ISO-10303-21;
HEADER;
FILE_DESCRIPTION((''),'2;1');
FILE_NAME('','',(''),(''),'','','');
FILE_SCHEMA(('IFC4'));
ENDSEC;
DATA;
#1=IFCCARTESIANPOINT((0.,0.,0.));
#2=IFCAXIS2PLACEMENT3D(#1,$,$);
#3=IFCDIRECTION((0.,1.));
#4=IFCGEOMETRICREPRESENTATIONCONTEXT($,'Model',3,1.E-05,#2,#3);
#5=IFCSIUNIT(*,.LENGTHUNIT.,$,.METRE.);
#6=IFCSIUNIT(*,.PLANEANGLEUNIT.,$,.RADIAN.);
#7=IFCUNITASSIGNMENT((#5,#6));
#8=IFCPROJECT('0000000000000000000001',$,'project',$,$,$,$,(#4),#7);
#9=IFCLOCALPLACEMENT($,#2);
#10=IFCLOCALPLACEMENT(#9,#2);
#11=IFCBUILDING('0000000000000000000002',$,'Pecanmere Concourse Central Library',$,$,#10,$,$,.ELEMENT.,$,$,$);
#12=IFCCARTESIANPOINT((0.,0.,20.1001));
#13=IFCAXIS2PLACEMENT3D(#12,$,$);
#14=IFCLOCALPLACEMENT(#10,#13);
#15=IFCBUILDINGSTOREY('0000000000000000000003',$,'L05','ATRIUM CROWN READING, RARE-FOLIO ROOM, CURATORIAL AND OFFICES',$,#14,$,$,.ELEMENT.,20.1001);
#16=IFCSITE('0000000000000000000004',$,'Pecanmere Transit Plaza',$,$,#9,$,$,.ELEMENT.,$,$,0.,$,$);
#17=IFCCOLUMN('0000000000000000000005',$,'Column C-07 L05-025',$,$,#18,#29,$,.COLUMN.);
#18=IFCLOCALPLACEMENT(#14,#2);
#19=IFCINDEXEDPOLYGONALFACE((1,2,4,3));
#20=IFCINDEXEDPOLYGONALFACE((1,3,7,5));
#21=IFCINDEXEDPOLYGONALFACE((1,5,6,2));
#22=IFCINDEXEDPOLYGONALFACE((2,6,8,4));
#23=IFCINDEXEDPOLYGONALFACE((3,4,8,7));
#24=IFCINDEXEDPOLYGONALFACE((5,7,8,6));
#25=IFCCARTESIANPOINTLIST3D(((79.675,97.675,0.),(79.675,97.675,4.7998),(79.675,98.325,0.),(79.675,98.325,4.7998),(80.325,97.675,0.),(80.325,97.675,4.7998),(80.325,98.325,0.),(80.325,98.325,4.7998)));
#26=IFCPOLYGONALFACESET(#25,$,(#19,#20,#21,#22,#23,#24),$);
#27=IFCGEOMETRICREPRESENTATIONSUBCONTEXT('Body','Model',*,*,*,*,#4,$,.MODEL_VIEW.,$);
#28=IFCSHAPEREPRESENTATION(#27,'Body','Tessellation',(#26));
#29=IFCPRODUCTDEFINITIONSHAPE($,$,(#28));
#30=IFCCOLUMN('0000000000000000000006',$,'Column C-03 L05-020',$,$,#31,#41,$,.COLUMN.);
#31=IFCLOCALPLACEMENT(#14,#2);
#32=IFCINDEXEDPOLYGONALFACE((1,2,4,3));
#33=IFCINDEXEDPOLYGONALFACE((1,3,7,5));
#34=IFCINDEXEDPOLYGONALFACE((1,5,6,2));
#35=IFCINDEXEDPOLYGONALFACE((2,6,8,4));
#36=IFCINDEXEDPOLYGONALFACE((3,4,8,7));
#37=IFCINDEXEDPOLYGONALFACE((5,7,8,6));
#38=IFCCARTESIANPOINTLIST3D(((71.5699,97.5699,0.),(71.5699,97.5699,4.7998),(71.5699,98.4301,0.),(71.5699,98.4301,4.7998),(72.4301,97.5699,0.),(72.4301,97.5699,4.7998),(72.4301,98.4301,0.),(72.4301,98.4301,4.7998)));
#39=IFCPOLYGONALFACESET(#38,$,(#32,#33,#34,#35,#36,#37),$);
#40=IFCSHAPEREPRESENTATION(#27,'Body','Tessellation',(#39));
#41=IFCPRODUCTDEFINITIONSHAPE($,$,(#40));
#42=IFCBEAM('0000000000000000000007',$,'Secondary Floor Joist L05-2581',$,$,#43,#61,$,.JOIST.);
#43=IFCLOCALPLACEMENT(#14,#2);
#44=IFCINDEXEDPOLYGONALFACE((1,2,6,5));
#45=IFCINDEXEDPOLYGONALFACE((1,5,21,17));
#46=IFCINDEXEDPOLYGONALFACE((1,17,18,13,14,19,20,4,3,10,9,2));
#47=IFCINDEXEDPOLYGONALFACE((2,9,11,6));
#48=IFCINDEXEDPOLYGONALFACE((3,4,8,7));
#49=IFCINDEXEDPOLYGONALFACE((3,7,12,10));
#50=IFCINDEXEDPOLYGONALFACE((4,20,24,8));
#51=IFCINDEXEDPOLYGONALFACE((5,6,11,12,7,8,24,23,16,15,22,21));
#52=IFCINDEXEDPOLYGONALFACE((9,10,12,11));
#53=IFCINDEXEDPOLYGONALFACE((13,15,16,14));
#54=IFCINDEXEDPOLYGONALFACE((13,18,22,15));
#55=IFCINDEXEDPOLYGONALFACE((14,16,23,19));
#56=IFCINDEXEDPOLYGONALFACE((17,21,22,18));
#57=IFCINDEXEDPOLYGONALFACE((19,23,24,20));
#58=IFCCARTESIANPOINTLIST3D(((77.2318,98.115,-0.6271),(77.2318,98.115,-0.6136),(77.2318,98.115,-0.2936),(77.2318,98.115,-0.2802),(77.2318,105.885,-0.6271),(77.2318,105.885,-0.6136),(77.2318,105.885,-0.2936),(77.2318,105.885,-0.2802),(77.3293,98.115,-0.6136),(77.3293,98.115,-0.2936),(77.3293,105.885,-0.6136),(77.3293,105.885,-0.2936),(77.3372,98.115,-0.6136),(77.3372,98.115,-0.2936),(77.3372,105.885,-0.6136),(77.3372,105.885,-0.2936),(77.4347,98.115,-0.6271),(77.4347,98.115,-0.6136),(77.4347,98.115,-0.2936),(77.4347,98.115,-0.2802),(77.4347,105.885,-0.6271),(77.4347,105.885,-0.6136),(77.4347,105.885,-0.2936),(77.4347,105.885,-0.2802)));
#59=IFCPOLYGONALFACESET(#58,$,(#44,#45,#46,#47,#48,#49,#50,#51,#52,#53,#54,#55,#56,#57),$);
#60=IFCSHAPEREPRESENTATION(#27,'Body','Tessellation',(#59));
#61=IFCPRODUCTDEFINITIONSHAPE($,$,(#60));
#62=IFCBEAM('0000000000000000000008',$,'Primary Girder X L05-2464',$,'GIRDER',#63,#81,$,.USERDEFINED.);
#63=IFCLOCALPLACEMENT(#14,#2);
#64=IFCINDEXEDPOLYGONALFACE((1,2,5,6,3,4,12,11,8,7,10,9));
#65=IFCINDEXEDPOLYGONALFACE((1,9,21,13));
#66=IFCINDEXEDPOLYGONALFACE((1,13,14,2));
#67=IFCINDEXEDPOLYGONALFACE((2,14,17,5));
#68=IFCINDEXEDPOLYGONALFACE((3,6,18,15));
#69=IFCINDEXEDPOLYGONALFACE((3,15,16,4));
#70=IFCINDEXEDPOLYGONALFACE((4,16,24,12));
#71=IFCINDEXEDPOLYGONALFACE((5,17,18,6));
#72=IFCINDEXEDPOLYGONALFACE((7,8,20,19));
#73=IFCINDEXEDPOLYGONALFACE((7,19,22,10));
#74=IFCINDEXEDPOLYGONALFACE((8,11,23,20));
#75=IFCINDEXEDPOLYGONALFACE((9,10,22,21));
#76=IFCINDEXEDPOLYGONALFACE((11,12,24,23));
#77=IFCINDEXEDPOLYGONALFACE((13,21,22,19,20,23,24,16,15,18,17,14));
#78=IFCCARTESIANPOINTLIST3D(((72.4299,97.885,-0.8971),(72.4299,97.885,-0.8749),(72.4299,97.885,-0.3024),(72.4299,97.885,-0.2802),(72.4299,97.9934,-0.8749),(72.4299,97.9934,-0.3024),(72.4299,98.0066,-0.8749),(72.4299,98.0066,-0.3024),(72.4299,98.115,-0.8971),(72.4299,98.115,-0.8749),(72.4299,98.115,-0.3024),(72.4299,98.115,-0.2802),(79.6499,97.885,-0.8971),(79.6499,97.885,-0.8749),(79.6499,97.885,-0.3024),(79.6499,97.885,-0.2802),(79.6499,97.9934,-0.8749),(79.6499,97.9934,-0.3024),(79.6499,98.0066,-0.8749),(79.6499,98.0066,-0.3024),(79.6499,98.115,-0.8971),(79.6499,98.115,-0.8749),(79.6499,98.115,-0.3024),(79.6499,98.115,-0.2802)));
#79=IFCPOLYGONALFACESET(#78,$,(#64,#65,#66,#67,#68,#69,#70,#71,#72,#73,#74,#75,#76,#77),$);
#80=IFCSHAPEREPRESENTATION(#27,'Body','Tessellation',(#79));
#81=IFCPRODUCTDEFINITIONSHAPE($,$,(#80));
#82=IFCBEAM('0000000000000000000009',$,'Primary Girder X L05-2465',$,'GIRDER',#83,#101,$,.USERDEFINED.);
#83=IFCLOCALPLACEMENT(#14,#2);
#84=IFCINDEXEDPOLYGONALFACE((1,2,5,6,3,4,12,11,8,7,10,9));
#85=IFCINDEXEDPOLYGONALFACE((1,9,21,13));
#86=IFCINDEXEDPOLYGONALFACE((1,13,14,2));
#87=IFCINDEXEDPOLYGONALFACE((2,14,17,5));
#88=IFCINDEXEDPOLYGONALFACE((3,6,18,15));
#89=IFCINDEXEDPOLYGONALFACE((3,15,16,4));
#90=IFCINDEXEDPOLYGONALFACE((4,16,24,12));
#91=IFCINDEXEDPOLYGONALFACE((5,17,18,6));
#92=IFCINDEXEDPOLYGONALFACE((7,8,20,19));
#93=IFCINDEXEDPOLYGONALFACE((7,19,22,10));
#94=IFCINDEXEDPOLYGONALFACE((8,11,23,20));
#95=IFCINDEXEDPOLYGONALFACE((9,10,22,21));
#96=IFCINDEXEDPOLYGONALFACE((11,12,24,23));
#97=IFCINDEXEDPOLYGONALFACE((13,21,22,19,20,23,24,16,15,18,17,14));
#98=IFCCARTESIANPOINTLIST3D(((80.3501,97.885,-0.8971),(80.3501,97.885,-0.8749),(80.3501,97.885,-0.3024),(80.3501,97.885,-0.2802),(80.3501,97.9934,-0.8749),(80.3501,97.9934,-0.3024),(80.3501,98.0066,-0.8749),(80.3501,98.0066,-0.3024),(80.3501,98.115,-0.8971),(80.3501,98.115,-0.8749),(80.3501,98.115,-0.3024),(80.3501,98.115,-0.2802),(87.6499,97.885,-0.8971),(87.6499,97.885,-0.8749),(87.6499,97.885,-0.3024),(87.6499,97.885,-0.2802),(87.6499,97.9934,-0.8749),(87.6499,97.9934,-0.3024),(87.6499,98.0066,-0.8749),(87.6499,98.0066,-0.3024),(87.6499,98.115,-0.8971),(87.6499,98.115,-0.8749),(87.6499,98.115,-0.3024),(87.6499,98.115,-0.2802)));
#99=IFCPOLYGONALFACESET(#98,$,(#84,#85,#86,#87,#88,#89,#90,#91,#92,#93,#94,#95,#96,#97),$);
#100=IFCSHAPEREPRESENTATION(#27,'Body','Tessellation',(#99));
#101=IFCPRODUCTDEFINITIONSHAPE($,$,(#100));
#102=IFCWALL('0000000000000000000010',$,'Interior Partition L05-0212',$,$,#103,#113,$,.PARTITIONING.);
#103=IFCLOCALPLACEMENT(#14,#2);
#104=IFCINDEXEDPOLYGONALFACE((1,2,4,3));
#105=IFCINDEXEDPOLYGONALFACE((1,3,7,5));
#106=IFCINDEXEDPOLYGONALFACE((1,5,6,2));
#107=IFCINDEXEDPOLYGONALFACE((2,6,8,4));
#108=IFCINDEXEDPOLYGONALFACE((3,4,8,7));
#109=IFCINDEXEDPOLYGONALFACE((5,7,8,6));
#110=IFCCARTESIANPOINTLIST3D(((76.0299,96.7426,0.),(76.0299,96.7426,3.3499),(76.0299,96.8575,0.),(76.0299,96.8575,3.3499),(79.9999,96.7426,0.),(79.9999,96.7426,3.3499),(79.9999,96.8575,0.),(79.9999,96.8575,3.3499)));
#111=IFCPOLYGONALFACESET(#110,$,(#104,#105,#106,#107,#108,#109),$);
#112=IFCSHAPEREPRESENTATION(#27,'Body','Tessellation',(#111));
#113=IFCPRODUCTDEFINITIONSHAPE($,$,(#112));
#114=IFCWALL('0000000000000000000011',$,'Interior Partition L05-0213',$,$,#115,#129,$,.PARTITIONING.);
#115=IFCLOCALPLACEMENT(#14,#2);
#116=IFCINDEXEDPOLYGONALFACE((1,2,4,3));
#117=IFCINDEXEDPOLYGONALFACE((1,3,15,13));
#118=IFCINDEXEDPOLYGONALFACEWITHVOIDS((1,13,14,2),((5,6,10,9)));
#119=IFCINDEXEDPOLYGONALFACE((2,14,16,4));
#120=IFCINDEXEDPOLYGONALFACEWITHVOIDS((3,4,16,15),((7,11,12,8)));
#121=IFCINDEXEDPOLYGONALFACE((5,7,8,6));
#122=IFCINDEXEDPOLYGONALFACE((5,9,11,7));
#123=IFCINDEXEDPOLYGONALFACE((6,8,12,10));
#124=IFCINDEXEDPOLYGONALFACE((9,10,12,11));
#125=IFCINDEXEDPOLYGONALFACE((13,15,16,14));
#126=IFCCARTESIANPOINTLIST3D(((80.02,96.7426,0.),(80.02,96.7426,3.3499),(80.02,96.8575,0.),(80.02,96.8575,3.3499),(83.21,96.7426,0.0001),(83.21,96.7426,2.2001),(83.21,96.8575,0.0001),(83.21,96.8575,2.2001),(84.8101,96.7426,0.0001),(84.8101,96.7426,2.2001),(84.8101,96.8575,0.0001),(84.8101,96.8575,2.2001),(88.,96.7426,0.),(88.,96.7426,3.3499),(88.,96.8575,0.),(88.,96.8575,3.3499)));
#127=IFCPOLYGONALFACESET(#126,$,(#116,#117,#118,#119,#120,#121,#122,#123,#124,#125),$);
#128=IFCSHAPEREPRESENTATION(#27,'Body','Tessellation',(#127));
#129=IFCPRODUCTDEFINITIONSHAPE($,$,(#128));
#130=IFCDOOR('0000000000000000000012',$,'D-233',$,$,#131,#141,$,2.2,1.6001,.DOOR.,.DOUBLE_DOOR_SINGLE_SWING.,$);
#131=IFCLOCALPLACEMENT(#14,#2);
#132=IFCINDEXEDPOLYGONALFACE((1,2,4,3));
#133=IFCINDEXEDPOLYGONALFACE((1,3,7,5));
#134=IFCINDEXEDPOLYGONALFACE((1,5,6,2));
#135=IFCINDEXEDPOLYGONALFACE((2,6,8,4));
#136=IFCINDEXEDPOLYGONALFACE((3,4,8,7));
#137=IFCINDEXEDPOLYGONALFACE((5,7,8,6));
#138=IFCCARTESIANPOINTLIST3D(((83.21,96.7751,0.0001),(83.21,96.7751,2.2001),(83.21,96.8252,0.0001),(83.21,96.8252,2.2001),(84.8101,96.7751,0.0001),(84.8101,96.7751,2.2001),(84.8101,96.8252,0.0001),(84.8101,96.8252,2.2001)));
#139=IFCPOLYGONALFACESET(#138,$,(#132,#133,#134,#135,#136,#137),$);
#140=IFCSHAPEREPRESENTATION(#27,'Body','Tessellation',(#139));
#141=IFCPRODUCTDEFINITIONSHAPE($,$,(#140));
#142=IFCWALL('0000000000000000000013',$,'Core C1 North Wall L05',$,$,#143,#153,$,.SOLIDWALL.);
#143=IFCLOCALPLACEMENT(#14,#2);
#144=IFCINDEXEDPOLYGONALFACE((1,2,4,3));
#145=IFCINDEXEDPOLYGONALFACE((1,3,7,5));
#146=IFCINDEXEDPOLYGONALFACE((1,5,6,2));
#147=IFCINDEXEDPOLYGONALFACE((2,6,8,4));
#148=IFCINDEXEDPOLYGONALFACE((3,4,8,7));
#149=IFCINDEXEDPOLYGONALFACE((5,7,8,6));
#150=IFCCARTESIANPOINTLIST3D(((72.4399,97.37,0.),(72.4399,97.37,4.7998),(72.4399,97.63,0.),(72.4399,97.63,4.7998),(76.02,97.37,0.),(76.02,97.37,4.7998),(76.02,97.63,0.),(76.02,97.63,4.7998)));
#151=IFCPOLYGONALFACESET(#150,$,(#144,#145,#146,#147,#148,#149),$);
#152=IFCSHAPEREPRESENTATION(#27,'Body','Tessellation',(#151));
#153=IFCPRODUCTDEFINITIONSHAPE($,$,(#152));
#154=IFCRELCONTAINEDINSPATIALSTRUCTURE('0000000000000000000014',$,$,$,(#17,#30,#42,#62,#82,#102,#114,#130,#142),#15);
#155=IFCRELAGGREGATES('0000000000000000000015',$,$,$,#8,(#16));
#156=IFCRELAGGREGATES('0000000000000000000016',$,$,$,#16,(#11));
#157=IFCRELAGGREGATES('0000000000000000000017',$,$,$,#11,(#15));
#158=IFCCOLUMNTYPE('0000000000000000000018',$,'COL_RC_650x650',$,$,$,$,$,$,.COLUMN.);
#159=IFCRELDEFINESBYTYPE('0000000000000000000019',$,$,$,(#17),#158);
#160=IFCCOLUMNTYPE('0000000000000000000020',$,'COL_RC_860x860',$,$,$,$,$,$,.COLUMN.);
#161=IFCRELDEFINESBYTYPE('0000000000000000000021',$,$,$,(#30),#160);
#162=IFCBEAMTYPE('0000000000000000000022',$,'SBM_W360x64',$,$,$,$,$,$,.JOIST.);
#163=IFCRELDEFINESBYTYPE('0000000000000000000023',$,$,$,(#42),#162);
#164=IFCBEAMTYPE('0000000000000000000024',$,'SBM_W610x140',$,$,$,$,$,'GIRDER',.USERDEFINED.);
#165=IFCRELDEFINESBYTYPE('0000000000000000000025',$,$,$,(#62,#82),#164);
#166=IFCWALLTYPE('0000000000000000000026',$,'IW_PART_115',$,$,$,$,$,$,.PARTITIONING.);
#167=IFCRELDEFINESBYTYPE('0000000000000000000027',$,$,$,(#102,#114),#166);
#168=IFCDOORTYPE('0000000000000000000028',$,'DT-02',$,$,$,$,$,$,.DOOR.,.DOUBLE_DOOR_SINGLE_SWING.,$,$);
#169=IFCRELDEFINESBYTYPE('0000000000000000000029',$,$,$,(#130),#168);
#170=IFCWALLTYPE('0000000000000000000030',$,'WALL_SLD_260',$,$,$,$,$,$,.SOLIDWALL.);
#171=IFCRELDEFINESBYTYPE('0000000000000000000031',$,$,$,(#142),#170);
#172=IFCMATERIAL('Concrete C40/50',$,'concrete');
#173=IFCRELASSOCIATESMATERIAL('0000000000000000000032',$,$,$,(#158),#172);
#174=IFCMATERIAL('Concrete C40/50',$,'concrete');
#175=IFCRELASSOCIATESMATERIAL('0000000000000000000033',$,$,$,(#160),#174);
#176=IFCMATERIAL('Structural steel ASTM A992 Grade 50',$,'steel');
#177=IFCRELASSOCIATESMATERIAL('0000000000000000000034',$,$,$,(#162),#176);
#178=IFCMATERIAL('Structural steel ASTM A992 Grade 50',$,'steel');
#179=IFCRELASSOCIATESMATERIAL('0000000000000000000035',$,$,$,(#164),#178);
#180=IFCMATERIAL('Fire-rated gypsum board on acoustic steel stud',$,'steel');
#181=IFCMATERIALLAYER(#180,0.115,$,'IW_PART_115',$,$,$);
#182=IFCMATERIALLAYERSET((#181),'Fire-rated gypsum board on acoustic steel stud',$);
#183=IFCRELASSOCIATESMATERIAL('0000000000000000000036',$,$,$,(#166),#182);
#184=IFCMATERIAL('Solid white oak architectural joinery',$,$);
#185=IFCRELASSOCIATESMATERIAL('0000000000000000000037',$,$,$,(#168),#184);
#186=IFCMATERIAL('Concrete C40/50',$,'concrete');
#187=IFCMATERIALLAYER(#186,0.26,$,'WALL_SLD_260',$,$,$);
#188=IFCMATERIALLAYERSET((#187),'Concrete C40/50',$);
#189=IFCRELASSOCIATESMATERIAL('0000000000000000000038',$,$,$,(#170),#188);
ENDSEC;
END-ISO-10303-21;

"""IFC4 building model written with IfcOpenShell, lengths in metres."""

from ifc_helpers import new_model, si_unit, direction, frame, frame_2d, origin, origin_2d, place, context, subcontext, project, spatial, rectangle, i_section, extrude, material, layer, layer_set, material_profile, profile_set, type_object, element, fill, save


model = new_model("IFC4")

# Units and contexts
model_context = context("Model", 3, precision=1e-05, world=origin(), true_north=direction((0.0, 1.0)))
body_context = subcontext(model_context, "Body", "Model", "MODEL_VIEW")
ifc_project = project(units=[si_unit("LENGTHUNIT", "METRE"), si_unit("PLANEANGLEUNIT", "RADIAN")], contexts=[model_context])

# Site, building, storey
site_placement = place(None, origin())
site = spatial("IfcSite", under=ifc_project, at=site_placement, Name="Pecanmere Transit Plaza", CompositionType="ELEMENT", RefElevation=0.0)
building_placement = place(site_placement, origin())
building = spatial("IfcBuilding", under=site, at=building_placement, Name="Pecanmere Concourse Central Library", CompositionType="ELEMENT")
storey_placement = place(building_placement, frame((0.0, 0.0, 20.1001)))
storey = spatial("IfcBuildingStorey", under=building, at=storey_placement, Name="L05", Description="ATRIUM CROWN READING, RARE-FOLIO ROOM, CURATORIAL AND OFFICES", CompositionType="ELEMENT", Elevation=20.1001)

# Columns
ifc_material_1 = material(Name="Concrete C40/50", Category="concrete")
ifc_material_profile_1 = material_profile(ifc_material_1, rectangle(XDim=0.6499, YDim=0.6499, at=origin_2d()), Name="RC 650x650")
ifc_profile_set_1 = profile_set([ifc_material_profile_1], Name="Concrete C40/50")
column_type_1 = type_object("IfcColumnType", Name="COL_RC_650x650", PredefinedType="COLUMN", material=ifc_profile_set_1)
column_1_placement = place(storey_placement, frame((80.0, 98.0, 0.0), z_axis=(0.0, 0.0, 1.0), x_axis=(1.0, 0.0, 0.0)))
element("IfcColumn", 1, at=column_1_placement, inside=storey, type_object=column_type_1, Name="Column C-07 L05-025", PredefinedType="COLUMN", context=body_context, shape_type="SweptSolid", body=[
    extrude(rectangle(XDim=0.6499, YDim=0.6499, at=origin_2d()), origin(), (0.0, 0.0, 1.0), 4.7998),
])
ifc_material_2 = material(Name="Concrete C40/50", Category="concrete")
ifc_material_profile_2 = material_profile(ifc_material_2, rectangle(XDim=0.8601, YDim=0.8601, at=origin_2d()), Name="RC 860x860")
ifc_profile_set_2 = profile_set([ifc_material_profile_2], Name="Concrete C40/50")
column_type_2 = type_object("IfcColumnType", Name="COL_RC_860x860", PredefinedType="COLUMN", material=ifc_profile_set_2)
column_2_placement = place(storey_placement, frame((72.0, 98.0, 0.0), z_axis=(0.0, 0.0, 1.0), x_axis=(1.0, 0.0, 0.0)))
element("IfcColumn", 2, at=column_2_placement, inside=storey, type_object=column_type_2, Name="Column C-03 L05-020", PredefinedType="COLUMN", context=body_context, shape_type="SweptSolid", body=[
    extrude(rectangle(XDim=0.8601, YDim=0.8601, at=origin_2d()), origin(), (0.0, 0.0, 1.0), 4.7998),
])

# Beams
ifc_material_3 = material(Name="Structural steel ASTM A992 Grade 50", Category="steel")
ifc_material_profile_3 = material_profile(ifc_material_3, i_section(OverallWidth=0.2029, OverallDepth=0.3469, WebThickness=0.0078, FlangeThickness=0.0134, at=origin_2d()), Name="W360x64")
ifc_profile_set_3 = profile_set([ifc_material_profile_3], Name="Structural steel ASTM A992 Grade 50")
beam_type_1 = type_object("IfcBeamType", Name="SBM_W360x64", PredefinedType="JOIST", material=ifc_profile_set_3)
beam_1_placement = place(storey_placement, frame((77.3333, 98.115, -0.4536), z_axis=(0.0, 1.0, 0.0), x_axis=(-1.0, 0.0, 0.0)))
element("IfcBeam", 3, at=beam_1_placement, inside=storey, type_object=beam_type_1, Name="Secondary Floor Joist L05-2581", PredefinedType="JOIST", context=body_context, shape_type="SweptSolid", body=[
    extrude(i_section(OverallWidth=0.2029, OverallDepth=0.3469, WebThickness=0.0078, FlangeThickness=0.0134, at=origin_2d()), origin(), (0.0, 0.0, 1.0), 7.77),
])
ifc_material_4 = material(Name="Structural steel ASTM A992 Grade 50", Category="steel")
ifc_material_profile_4 = material_profile(ifc_material_4, i_section(OverallWidth=0.23, OverallDepth=0.6169, WebThickness=0.0132, FlangeThickness=0.0222, at=origin_2d()), Name="W610x140")
ifc_profile_set_4 = profile_set([ifc_material_profile_4], Name="Structural steel ASTM A992 Grade 50")
beam_type_2 = type_object("IfcBeamType", Name="SBM_W610x140", ElementType="GIRDER", PredefinedType="USERDEFINED", material=ifc_profile_set_4)
beam_2_placement = place(storey_placement, frame((72.4299, 98.0, -0.5886), z_axis=(1.0, 0.0, 0.0), x_axis=(0.0, 1.0, 0.0)))
element("IfcBeam", 4, at=beam_2_placement, inside=storey, type_object=beam_type_2, Name="Primary Girder X L05-2464", ObjectType="GIRDER", PredefinedType="USERDEFINED", context=body_context, shape_type="SweptSolid", body=[
    extrude(i_section(OverallWidth=0.23, OverallDepth=0.6169, WebThickness=0.0132, FlangeThickness=0.0222, at=origin_2d()), origin(), (0.0, 0.0, 1.0), 7.22),
])
beam_3_placement = place(storey_placement, frame((80.3501, 98.0, -0.5886), z_axis=(1.0, 0.0, 0.0), x_axis=(0.0, 1.0, 0.0)))
element("IfcBeam", 5, at=beam_3_placement, inside=storey, type_object=beam_type_2, Name="Primary Girder X L05-2465", ObjectType="GIRDER", PredefinedType="USERDEFINED", context=body_context, shape_type="SweptSolid", body=[
    extrude(i_section(OverallWidth=0.23, OverallDepth=0.6169, WebThickness=0.0132, FlangeThickness=0.0222, at=origin_2d()), origin(), (0.0, 0.0, 1.0), 7.2998),
])

# Wall
ifc_material_5 = material(Name="Fire-rated gypsum board on acoustic steel stud", Category="steel")
ifc_layer_1 = layer(ifc_material_5, 0.115, Name="IW_PART_115")
ifc_layer_set_1 = layer_set([ifc_layer_1], Name="Fire-rated gypsum board on acoustic steel stud")
wall_type_1 = type_object("IfcWallType", Name="IW_PART_115", PredefinedType="PARTITIONING", material=ifc_layer_set_1)
wall_1_placement = place(storey_placement, frame((76.03, 96.8, 0.0), z_axis=(0.0, 0.0, 1.0), x_axis=(1.0, 0.0, 0.0)))
element("IfcWall", 6, at=wall_1_placement, inside=storey, type_object=wall_type_1, Name="Interior Partition L05-0212", PredefinedType="PARTITIONING", context=body_context, shape_type="SweptSolid", body=[
    extrude(rectangle(XDim=3.97, YDim=0.115, at=frame_2d((1.9849, 0.0))), origin(), (0.0, 0.0, 1.0), 3.3499),
])

# Wall, opening, door
wall_2_placement = place(storey_placement, frame((80.02, 96.8, 0.0), z_axis=(0.0, 0.0, 1.0), x_axis=(1.0, 0.0, 0.0)))
wall_2 = element("IfcWall", 7, at=wall_2_placement, inside=storey, type_object=wall_type_1, Name="Interior Partition L05-0213", PredefinedType="PARTITIONING", context=body_context, shape_type="SweptSolid", body=[
    extrude(rectangle(XDim=7.98, YDim=0.115, at=frame_2d((3.99, 0.0))), origin(), (0.0, 0.0, 1.0), 3.3499),
])
opening_placement = place(wall_2_placement, frame((3.1899, 0.0, 0.0)))
opening = element("IfcOpeningElement", 8, at=opening_placement, cuts=wall_2, PredefinedType="OPENING", context=body_context, shape_type="SweptSolid", body=[
    extrude(rectangle(XDim=1.6001, YDim=2.2, at=frame_2d((0.8, 1.1001))), frame((0.0, 0.0693, 0.0), z_axis=(0.0, -1.0, 0.0), x_axis=(1.0, 0.0, 0.0)), (0.0, 0.0, 1.0), 0.1389),
])
ifc_material_6 = material(Name="Solid white oak architectural joinery")
door_type = type_object("IfcDoorType", Name="DT-02", OperationType="DOUBLE_DOOR_SINGLE_SWING", PredefinedType="DOOR", material=ifc_material_6)
door_placement = place(opening_placement, frame((1.6001, 0.0, 0.0), z_axis=(0.0, 0.0, 1.0), x_axis=(-1.0, 0.0, 0.0)))
door = element("IfcDoor", 9, at=door_placement, inside=storey, type_object=door_type, Name="D-233", OperationType="DOUBLE_DOOR_SINGLE_SWING", OverallHeight=2.2, OverallWidth=1.6001, PredefinedType="DOOR", context=body_context, shape_type="SweptSolid", body=[
    extrude(rectangle(XDim=1.6001, YDim=2.2, at=frame_2d((0.8, 1.1001))), frame((0.0, 0.0249, 0.0), z_axis=(0.0, -1.0, 0.0), x_axis=(1.0, 0.0, 0.0)), (0.0, 0.0, 1.0), 0.05),
])
fill(opening, door)

# Wall
ifc_material_7 = material(Name="Concrete C40/50", Category="concrete")
ifc_layer_2 = layer(ifc_material_7, 0.26, Name="WALL_SLD_260")
ifc_layer_set_2 = layer_set([ifc_layer_2], Name="Concrete C40/50")
wall_type_2 = type_object("IfcWallType", Name="WALL_SLD_260", PredefinedType="SOLIDWALL", material=ifc_layer_set_2)
wall_3_placement = place(storey_placement, frame((72.4399, 97.5, 0.0), z_axis=(0.0, 0.0, 1.0), x_axis=(1.0, 0.0, 0.0)))
element("IfcWall", 10, at=wall_3_placement, inside=storey, type_object=wall_type_2, Name="Core C1 North Wall L05", PredefinedType="SOLIDWALL", context=body_context, shape_type="SweptSolid", body=[
    extrude(rectangle(XDim=3.5801, YDim=0.26, at=frame_2d((1.79, 0.0))), origin(), (0.0, 0.0, 1.0), 4.7998),
])

save(model, "model.ifc")
